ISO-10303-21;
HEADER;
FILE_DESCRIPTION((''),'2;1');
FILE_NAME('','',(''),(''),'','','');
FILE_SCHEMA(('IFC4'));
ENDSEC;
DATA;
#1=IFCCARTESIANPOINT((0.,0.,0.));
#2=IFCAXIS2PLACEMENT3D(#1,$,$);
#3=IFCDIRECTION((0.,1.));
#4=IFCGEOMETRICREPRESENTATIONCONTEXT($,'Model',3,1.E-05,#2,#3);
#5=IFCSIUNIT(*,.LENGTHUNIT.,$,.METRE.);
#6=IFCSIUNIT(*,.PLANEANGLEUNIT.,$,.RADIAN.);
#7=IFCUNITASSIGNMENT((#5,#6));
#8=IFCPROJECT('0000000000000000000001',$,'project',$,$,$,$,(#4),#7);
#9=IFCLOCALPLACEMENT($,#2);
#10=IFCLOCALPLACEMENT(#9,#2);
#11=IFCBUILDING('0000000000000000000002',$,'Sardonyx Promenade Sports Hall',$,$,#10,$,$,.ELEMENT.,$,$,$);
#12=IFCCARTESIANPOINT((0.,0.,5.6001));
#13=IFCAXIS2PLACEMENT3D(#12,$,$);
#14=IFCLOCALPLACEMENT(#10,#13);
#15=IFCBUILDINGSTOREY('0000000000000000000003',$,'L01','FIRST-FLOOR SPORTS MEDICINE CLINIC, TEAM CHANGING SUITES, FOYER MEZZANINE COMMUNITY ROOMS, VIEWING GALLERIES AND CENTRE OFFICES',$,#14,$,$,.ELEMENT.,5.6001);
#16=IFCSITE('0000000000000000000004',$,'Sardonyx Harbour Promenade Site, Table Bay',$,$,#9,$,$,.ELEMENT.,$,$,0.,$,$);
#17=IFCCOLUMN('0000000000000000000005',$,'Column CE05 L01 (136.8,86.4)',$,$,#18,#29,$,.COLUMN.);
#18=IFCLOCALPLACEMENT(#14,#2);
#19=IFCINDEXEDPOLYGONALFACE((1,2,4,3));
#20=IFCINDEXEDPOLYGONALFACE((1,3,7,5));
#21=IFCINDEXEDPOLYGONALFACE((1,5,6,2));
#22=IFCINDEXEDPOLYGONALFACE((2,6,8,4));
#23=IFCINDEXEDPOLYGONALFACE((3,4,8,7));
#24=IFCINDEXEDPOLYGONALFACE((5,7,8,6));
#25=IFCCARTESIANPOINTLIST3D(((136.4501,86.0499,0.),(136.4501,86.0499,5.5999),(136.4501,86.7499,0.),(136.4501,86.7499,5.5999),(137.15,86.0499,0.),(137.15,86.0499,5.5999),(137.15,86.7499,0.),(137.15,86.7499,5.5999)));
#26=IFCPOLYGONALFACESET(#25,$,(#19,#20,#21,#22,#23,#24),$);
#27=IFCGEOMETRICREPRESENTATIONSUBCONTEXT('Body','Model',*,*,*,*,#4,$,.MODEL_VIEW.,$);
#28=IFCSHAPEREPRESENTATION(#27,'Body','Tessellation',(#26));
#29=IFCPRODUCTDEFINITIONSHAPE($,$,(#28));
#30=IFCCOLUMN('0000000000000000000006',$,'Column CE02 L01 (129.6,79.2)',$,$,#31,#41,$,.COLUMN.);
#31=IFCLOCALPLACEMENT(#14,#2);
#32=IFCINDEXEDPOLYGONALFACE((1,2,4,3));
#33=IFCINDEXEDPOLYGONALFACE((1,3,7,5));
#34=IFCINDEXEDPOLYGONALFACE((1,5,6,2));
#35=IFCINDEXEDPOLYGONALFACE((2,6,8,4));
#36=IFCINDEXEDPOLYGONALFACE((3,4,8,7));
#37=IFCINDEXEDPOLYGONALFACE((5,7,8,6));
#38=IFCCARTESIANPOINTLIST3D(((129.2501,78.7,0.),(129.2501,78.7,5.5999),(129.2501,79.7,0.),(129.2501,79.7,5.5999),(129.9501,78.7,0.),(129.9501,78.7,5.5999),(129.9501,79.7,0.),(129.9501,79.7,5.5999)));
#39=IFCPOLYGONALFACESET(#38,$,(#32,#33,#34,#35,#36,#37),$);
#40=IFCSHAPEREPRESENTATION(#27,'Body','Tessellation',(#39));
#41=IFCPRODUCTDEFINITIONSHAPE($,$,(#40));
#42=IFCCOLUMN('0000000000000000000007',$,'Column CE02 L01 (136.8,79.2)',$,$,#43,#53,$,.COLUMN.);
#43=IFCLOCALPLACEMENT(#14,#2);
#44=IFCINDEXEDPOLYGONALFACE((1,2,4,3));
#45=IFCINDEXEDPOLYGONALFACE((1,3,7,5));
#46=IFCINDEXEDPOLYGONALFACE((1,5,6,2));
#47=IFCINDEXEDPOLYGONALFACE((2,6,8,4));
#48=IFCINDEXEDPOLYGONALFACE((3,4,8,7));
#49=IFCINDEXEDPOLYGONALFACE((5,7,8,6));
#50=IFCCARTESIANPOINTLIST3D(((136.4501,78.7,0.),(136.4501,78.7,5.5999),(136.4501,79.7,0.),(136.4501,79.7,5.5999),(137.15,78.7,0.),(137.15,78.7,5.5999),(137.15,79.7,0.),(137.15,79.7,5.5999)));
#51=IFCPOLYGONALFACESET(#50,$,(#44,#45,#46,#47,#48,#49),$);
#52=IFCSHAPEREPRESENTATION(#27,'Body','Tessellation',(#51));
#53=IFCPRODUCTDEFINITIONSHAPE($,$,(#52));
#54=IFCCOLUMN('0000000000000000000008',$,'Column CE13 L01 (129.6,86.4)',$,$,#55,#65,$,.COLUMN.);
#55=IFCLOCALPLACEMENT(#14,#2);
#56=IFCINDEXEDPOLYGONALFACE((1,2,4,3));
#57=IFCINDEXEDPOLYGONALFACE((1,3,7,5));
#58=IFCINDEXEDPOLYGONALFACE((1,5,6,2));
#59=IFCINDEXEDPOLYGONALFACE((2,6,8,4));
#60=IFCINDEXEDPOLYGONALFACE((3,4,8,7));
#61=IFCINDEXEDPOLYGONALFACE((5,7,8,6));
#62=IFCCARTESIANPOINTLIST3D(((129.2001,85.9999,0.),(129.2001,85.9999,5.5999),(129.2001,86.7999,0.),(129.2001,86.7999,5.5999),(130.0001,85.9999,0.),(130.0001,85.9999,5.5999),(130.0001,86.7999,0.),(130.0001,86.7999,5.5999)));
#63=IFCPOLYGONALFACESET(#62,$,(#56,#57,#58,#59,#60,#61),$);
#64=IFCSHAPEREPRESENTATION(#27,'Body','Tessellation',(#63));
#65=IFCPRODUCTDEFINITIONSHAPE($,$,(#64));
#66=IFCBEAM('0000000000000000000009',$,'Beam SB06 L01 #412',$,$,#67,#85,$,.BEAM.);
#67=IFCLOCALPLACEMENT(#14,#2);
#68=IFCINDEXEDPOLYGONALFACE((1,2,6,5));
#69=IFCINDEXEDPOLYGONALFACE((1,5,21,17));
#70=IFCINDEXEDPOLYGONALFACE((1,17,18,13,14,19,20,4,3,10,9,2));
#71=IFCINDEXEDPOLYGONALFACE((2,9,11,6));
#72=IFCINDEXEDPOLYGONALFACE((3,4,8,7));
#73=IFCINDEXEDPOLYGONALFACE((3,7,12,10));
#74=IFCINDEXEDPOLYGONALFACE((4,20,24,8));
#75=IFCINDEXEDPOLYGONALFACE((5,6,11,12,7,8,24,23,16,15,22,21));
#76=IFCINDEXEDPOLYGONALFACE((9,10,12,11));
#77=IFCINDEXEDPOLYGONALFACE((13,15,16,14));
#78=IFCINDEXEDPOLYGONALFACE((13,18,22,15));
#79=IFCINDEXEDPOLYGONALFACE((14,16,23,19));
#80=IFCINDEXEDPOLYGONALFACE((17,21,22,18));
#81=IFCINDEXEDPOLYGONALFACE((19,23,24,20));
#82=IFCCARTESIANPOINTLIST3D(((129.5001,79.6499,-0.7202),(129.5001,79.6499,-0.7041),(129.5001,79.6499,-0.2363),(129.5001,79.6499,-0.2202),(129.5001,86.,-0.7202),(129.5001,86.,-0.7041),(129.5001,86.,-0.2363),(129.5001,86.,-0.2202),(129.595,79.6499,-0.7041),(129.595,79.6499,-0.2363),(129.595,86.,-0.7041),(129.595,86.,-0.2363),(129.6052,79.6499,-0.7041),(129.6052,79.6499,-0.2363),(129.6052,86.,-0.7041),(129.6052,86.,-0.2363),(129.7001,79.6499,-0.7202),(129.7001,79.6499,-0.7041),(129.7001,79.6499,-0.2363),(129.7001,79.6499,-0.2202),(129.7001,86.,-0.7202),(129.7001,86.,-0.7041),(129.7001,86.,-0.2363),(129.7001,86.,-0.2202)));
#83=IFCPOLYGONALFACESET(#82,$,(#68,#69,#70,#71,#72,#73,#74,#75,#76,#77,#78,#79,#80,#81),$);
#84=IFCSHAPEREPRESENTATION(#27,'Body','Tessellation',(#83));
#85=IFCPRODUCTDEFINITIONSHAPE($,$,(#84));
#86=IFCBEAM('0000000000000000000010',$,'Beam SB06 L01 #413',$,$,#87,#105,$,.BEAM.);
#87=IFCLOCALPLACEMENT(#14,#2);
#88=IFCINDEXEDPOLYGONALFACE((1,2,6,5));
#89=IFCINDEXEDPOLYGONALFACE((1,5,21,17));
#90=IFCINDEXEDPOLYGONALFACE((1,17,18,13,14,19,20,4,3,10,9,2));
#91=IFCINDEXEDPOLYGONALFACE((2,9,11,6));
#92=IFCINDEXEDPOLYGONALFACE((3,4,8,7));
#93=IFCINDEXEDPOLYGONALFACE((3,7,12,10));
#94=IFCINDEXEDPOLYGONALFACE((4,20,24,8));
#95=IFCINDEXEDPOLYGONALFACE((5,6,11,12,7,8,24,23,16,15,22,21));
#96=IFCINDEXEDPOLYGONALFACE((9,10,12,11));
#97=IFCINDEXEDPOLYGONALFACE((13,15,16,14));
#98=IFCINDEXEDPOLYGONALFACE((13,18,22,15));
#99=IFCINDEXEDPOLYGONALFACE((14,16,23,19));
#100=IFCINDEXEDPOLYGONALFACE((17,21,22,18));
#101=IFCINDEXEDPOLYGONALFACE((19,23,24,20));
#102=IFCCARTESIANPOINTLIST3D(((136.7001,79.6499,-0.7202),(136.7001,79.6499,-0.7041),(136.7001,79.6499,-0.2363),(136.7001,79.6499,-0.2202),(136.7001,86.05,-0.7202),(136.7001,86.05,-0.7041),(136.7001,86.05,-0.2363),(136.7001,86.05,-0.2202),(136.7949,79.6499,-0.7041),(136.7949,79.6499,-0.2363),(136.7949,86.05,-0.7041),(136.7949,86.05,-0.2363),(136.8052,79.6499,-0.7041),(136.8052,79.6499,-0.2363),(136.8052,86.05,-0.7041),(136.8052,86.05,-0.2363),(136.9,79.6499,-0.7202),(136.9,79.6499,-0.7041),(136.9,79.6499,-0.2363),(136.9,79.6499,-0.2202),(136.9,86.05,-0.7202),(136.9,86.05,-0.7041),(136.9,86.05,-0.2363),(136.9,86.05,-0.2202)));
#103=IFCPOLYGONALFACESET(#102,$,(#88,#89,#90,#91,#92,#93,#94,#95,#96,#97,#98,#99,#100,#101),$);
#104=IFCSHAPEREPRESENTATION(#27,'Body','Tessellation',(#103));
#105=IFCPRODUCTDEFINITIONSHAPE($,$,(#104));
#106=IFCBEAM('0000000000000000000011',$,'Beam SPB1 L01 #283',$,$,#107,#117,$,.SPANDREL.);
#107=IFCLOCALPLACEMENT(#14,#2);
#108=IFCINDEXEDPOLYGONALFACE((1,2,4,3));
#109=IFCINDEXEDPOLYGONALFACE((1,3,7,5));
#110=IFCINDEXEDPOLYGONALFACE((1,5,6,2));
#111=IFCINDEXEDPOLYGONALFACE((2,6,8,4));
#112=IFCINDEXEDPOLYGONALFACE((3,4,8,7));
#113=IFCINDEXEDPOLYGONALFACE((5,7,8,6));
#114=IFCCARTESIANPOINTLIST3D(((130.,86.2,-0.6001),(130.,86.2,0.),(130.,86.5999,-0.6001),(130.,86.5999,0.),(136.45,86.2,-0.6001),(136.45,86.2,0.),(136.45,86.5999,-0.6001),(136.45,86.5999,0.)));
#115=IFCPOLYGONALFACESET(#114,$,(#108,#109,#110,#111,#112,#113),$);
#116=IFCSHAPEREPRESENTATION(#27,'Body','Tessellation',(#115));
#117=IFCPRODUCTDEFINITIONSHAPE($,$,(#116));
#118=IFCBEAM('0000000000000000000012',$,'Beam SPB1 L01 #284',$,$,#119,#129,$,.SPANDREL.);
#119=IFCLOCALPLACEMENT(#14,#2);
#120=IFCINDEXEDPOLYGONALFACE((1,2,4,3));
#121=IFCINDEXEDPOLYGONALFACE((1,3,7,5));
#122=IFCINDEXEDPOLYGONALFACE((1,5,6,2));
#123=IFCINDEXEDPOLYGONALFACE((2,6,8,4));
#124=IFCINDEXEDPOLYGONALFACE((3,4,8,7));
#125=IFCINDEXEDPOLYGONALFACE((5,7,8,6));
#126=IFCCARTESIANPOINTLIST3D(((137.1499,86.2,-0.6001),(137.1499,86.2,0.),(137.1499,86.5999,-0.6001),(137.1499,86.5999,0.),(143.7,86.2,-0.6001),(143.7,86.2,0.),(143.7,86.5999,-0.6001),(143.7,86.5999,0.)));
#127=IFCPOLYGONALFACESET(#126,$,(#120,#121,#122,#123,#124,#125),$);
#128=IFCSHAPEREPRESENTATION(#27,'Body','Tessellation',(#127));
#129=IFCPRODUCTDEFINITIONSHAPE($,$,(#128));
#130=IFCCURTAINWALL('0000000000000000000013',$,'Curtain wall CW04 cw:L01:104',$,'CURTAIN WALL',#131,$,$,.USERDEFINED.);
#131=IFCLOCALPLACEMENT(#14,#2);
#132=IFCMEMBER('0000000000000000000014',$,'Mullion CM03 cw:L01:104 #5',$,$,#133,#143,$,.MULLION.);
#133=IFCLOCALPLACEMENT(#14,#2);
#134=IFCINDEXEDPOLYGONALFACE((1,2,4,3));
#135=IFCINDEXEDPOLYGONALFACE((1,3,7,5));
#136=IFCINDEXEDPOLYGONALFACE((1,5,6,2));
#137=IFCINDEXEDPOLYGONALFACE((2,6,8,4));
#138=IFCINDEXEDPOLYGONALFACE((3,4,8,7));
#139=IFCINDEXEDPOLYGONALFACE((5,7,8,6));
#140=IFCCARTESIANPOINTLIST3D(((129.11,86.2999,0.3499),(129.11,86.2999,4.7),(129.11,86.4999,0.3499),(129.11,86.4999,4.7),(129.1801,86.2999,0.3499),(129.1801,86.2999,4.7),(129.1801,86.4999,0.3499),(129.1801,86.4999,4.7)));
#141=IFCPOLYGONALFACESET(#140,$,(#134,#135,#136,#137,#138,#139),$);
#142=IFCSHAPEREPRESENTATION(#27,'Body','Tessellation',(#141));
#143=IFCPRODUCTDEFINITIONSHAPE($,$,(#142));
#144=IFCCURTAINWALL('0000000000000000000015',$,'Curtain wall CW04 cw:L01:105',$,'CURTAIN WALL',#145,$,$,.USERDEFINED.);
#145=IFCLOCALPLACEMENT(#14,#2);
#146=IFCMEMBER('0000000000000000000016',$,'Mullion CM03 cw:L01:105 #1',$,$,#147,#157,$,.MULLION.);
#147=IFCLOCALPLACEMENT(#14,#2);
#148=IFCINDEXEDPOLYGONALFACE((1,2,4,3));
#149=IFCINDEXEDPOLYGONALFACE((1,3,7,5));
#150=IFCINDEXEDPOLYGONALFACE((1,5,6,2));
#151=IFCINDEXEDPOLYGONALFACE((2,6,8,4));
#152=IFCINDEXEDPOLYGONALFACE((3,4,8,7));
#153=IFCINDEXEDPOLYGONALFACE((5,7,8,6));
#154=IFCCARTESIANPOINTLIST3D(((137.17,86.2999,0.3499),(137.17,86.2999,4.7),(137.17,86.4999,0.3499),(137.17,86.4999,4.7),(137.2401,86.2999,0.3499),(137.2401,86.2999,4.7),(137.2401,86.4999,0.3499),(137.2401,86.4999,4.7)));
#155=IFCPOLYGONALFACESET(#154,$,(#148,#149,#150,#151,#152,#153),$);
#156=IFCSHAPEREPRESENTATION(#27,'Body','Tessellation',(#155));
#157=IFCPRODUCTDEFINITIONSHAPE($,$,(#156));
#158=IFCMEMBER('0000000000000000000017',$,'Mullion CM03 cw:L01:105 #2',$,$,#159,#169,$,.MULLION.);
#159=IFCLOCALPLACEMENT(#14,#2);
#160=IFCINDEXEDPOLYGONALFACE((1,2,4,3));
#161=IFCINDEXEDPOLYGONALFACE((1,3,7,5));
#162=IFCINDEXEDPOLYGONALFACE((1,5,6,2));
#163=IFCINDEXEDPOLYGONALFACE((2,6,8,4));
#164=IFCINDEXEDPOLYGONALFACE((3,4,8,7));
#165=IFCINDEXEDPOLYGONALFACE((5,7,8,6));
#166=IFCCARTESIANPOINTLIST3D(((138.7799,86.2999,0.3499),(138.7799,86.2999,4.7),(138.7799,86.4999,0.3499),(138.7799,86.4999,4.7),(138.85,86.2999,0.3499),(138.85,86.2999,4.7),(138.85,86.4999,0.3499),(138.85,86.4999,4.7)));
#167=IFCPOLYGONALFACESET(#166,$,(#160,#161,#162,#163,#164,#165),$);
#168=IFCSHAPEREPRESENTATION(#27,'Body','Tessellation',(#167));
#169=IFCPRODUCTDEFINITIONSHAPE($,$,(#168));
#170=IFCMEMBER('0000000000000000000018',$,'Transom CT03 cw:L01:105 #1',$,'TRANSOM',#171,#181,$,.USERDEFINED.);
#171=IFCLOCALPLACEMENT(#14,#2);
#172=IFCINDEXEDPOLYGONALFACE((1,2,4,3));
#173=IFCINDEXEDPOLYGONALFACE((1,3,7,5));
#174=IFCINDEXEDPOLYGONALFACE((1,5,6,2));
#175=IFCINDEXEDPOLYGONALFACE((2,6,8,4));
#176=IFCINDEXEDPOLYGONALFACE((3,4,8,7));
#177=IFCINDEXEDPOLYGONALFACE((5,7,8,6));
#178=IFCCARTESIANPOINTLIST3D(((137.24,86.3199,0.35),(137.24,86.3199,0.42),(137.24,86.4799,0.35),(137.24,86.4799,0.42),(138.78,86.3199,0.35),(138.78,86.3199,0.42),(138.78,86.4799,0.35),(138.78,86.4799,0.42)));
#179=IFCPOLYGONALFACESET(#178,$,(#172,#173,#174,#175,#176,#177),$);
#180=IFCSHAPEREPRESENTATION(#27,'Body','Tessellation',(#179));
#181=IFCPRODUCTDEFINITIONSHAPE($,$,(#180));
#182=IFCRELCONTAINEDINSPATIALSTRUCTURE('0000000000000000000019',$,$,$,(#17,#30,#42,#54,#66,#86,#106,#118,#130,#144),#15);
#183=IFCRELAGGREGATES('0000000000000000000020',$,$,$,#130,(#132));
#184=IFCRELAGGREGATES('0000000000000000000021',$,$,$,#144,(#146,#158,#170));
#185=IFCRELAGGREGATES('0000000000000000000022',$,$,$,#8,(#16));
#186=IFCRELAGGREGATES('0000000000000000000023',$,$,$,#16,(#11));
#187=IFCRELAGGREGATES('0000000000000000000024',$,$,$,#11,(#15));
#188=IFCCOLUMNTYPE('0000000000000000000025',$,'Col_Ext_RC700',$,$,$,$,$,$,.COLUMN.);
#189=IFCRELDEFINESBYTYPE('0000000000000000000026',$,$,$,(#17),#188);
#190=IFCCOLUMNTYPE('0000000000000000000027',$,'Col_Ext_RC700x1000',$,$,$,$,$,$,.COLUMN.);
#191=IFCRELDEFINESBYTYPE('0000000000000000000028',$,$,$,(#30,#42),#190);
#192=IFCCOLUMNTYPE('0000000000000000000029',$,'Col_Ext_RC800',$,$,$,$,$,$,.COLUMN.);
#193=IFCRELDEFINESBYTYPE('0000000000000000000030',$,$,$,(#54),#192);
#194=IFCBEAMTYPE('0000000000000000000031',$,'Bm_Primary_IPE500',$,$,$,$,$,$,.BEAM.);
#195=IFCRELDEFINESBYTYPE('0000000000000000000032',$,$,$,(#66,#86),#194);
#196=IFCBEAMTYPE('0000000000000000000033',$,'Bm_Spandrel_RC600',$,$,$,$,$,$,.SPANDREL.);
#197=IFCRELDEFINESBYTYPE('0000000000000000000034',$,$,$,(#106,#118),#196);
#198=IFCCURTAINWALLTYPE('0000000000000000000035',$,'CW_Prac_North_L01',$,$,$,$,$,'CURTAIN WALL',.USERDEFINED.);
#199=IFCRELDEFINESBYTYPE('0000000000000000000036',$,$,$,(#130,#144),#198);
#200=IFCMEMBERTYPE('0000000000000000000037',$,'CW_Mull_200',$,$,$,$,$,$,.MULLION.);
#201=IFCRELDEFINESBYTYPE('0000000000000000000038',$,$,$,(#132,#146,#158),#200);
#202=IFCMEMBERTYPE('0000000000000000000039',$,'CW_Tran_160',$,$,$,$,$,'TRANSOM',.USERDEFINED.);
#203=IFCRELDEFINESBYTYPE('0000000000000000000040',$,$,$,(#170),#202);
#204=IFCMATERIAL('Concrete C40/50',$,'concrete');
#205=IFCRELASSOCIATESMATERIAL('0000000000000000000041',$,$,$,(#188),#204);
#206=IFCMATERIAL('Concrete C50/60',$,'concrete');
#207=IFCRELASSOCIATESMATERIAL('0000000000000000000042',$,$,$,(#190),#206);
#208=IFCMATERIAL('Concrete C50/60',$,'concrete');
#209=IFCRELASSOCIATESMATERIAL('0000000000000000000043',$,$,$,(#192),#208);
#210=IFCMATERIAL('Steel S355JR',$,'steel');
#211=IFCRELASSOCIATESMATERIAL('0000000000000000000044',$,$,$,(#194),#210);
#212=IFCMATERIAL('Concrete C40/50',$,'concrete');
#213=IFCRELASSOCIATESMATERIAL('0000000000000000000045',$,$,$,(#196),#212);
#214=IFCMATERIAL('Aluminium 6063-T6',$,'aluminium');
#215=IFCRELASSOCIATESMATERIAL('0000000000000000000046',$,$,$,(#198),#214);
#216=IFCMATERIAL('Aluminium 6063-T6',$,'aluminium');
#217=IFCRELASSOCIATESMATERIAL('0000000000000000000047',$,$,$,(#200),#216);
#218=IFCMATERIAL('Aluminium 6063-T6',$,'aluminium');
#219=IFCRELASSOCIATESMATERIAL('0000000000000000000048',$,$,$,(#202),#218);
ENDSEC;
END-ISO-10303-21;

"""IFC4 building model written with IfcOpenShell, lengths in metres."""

from ifc_helpers import new_model, si_unit, direction, frame, origin, origin_2d, place, context, subcontext, project, spatial, rectangle, i_section, extrude, material, material_profile, profile_set, type_object, element, aggregate, save


model = new_model("IFC4")

# Units and contexts
model_context = context("Model", 3, precision=1e-05, world=origin(), true_north=direction((0.0, 1.0)))
body_context = subcontext(model_context, "Body", "Model", "MODEL_VIEW")
ifc_project = project(units=[si_unit("LENGTHUNIT", "METRE"), si_unit("PLANEANGLEUNIT", "RADIAN")], contexts=[model_context])

# Site, building, storey
site_placement = place(None, origin())
site = spatial("IfcSite", under=ifc_project, at=site_placement, Name="Sardonyx Harbour Promenade Site, Table Bay", CompositionType="ELEMENT", RefElevation=0.0)
building_placement = place(site_placement, origin())
building = spatial("IfcBuilding", under=site, at=building_placement, Name="Sardonyx Promenade Sports Hall", CompositionType="ELEMENT")
storey_placement = place(building_placement, frame((0.0, 0.0, 5.6001)))
storey = spatial("IfcBuildingStorey", under=building, at=storey_placement, Name="L01", Description="FIRST-FLOOR SPORTS MEDICINE CLINIC, TEAM CHANGING SUITES, FOYER MEZZANINE COMMUNITY ROOMS, VIEWING GALLERIES AND CENTRE OFFICES", CompositionType="ELEMENT", Elevation=5.6001)

# Columns
ifc_material_1 = material(Name="Concrete C40/50", Category="concrete")
ifc_material_profile_1 = material_profile(ifc_material_1, rectangle(XDim=0.7, YDim=0.7, at=origin_2d()))
ifc_profile_set_1 = profile_set([ifc_material_profile_1], Name="Concrete C40/50")
column_type_1 = type_object("IfcColumnType", Name="Col_Ext_RC700", PredefinedType="COLUMN", material=ifc_profile_set_1)
column_1_placement = place(storey_placement, frame((136.8, 86.3999, 0.0), z_axis=(0.0, 0.0, 1.0), x_axis=(1.0, 0.0, 0.0)))
element("IfcColumn", 1, at=column_1_placement, inside=storey, type_object=column_type_1, Name="Column CE05 L01 (136.8,86.4)", PredefinedType="COLUMN", context=body_context, shape_type="SweptSolid", body=[
    extrude(rectangle(XDim=0.7, YDim=0.7, at=origin_2d()), origin(), (0.0, 0.0, 1.0), 5.5999),
])
ifc_material_2 = material(Name="Concrete C50/60", Category="concrete")
ifc_material_profile_2 = material_profile(ifc_material_2, rectangle(XDim=0.7, YDim=1.0, at=origin_2d()))
ifc_profile_set_2 = profile_set([ifc_material_profile_2], Name="Concrete C50/60")
column_type_2 = type_object("IfcColumnType", Name="Col_Ext_RC700x1000", PredefinedType="COLUMN", material=ifc_profile_set_2)
for number, where, z_axis, x_axis, name in (
    (2, (129.6001, 79.2, 0.0), (0.0, 0.0, 1.0), (1.0, 0.0, 0.0), "Column CE02 L01 (129.6,79.2)"),
    (3, (136.8, 79.2, 0.0), (0.0, 0.0, 1.0), (1.0, 0.0, 0.0), "Column CE02 L01 (136.8,79.2)"),
):
    element("IfcColumn", number, at=place(storey_placement, frame(where, z_axis=z_axis, x_axis=x_axis)), inside=storey, type_object=column_type_2, Name=name, PredefinedType="COLUMN", context=body_context, shape_type="SweptSolid", body=[
        extrude(rectangle(XDim=0.7, YDim=1.0, at=origin_2d()), origin(), (0.0, 0.0, 1.0), 5.5999),
    ])
ifc_material_3 = material(Name="Concrete C50/60", Category="concrete")
ifc_material_profile_3 = material_profile(ifc_material_3, rectangle(XDim=0.8, YDim=0.8, at=origin_2d()))
ifc_profile_set_3 = profile_set([ifc_material_profile_3], Name="Concrete C50/60")
column_type_3 = type_object("IfcColumnType", Name="Col_Ext_RC800", PredefinedType="COLUMN", material=ifc_profile_set_3)
column_2_placement = place(storey_placement, frame((129.6001, 86.3999, 0.0), z_axis=(0.0, 0.0, 1.0), x_axis=(1.0, 0.0, 0.0)))
element("IfcColumn", 4, at=column_2_placement, inside=storey, type_object=column_type_3, Name="Column CE13 L01 (129.6,86.4)", PredefinedType="COLUMN", context=body_context, shape_type="SweptSolid", body=[
    extrude(rectangle(XDim=0.8, YDim=0.8, at=origin_2d()), origin(), (0.0, 0.0, 1.0), 5.5999),
])

# Beams
ifc_material_4 = material(Name="Steel S355JR", Category="steel")
ifc_material_profile_4 = material_profile(ifc_material_4, i_section(OverallWidth=0.2, OverallDepth=0.5, WebThickness=0.0103, FlangeThickness=0.0161, at=origin_2d()))
ifc_profile_set_4 = profile_set([ifc_material_profile_4], Name="Steel S355JR")
beam_type_1 = type_object("IfcBeamType", Name="Bm_Primary_IPE500", PredefinedType="BEAM", material=ifc_profile_set_4)
beam_1_placement = place(storey_placement, frame((129.6001, 79.6499, -0.4702), z_axis=(0.0, 1.0, 0.0), x_axis=(-1.0, 0.0, 0.0)))
element("IfcBeam", 5, at=beam_1_placement, inside=storey, type_object=beam_type_1, Name="Beam SB06 L01 #412", PredefinedType="BEAM", context=body_context, shape_type="SweptSolid", body=[
    extrude(i_section(OverallWidth=0.2, OverallDepth=0.5, WebThickness=0.0103, FlangeThickness=0.0161, at=origin_2d()), origin(), (0.0, 0.0, 1.0), 6.3501),
])
beam_2_placement = place(storey_placement, frame((136.8, 79.6499, -0.4702), z_axis=(0.0, 1.0, 0.0), x_axis=(-1.0, 0.0, 0.0)))
element("IfcBeam", 6, at=beam_2_placement, inside=storey, type_object=beam_type_1, Name="Beam SB06 L01 #413", PredefinedType="BEAM", context=body_context, shape_type="SweptSolid", body=[
    extrude(i_section(OverallWidth=0.2, OverallDepth=0.5, WebThickness=0.0103, FlangeThickness=0.0161, at=origin_2d()), origin(), (0.0, 0.0, 1.0), 6.4001),
])
ifc_material_5 = material(Name="Concrete C40/50", Category="concrete")
ifc_material_profile_5 = material_profile(ifc_material_5, rectangle(XDim=0.3999, YDim=0.6001, at=origin_2d()))
ifc_profile_set_5 = profile_set([ifc_material_profile_5], Name="Concrete C40/50")
beam_type_2 = type_object("IfcBeamType", Name="Bm_Spandrel_RC600", PredefinedType="SPANDREL", material=ifc_profile_set_5)
beam_3_placement = place(storey_placement, frame((130.0, 86.3999, -0.3), z_axis=(1.0, 0.0, 0.0), x_axis=(0.0, 1.0, 0.0)))
element("IfcBeam", 7, at=beam_3_placement, inside=storey, type_object=beam_type_2, Name="Beam SPB1 L01 #283", PredefinedType="SPANDREL", context=body_context, shape_type="SweptSolid", body=[
    extrude(rectangle(XDim=0.3999, YDim=0.6001, at=origin_2d()), origin(), (0.0, 0.0, 1.0), 6.45),
])
beam_4_placement = place(storey_placement, frame((137.1499, 86.3999, -0.3), z_axis=(1.0, 0.0, 0.0), x_axis=(0.0, 1.0, 0.0)))
element("IfcBeam", 8, at=beam_4_placement, inside=storey, type_object=beam_type_2, Name="Beam SPB1 L01 #284", PredefinedType="SPANDREL", context=body_context, shape_type="SweptSolid", body=[
    extrude(rectangle(XDim=0.3999, YDim=0.6001, at=origin_2d()), origin(), (0.0, 0.0, 1.0), 6.55),
])

# Curtain wall, member
ifc_material_6 = material(Name="Aluminium 6063-T6", Category="aluminium")
curtain_wall_type = type_object("IfcCurtainWallType", Name="CW_Prac_North_L01", ElementType="CURTAIN WALL", PredefinedType="USERDEFINED", material=ifc_material_6)
curtain_wall_1_placement = place(storey_placement, origin())
curtain_wall_1 = element("IfcCurtainWall", 9, at=curtain_wall_1_placement, inside=storey, type_object=curtain_wall_type, Name="Curtain wall CW04 cw:L01:104", ObjectType="CURTAIN WALL", PredefinedType="USERDEFINED")
ifc_material_7 = material(Name="Aluminium 6063-T6", Category="aluminium")
ifc_material_profile_6 = material_profile(ifc_material_7, rectangle(XDim=0.0701, YDim=0.2, at=origin_2d()))
ifc_profile_set_6 = profile_set([ifc_material_profile_6], Name="Aluminium 6063-T6")
member_type_1 = type_object("IfcMemberType", Name="CW_Mull_200", PredefinedType="MULLION", material=ifc_profile_set_6)
member_1_placement = place(storey_placement, frame((129.145, 86.3999, 0.3499), z_axis=(0.0, 0.0, 1.0), x_axis=(1.0, 0.0, 0.0)))
member_1 = element("IfcMember", 10, at=member_1_placement, type_object=member_type_1, Name="Mullion CM03 cw:L01:104 #5", PredefinedType="MULLION", context=body_context, shape_type="SweptSolid", body=[
    extrude(rectangle(XDim=0.0701, YDim=0.2, at=origin_2d()), origin(), (0.0, 0.0, 1.0), 4.3501),
])

# Curtain wall, members
curtain_wall_2_placement = place(storey_placement, origin())
curtain_wall_2 = element("IfcCurtainWall", 11, at=curtain_wall_2_placement, inside=storey, type_object=curtain_wall_type, Name="Curtain wall CW04 cw:L01:105", ObjectType="CURTAIN WALL", PredefinedType="USERDEFINED")
member_2_placement = place(storey_placement, frame((137.2051, 86.3999, 0.3499), z_axis=(0.0, 0.0, 1.0), x_axis=(1.0, 0.0, 0.0)))
member_2 = element("IfcMember", 12, at=member_2_placement, type_object=member_type_1, Name="Mullion CM03 cw:L01:105 #1", PredefinedType="MULLION", context=body_context, shape_type="SweptSolid", body=[
    extrude(rectangle(XDim=0.0701, YDim=0.2, at=origin_2d()), origin(), (0.0, 0.0, 1.0), 4.3501),
])
member_3_placement = place(storey_placement, frame((138.8149, 86.3999, 0.3499), z_axis=(0.0, 0.0, 1.0), x_axis=(1.0, 0.0, 0.0)))
member_3 = element("IfcMember", 13, at=member_3_placement, type_object=member_type_1, Name="Mullion CM03 cw:L01:105 #2", PredefinedType="MULLION", context=body_context, shape_type="SweptSolid", body=[
    extrude(rectangle(XDim=0.0701, YDim=0.2, at=origin_2d()), origin(), (0.0, 0.0, 1.0), 4.3501),
])
ifc_material_8 = material(Name="Aluminium 6063-T6", Category="aluminium")
ifc_material_profile_7 = material_profile(ifc_material_8, rectangle(XDim=0.0701, YDim=0.1599, at=origin_2d()))
ifc_profile_set_7 = profile_set([ifc_material_profile_7], Name="Aluminium 6063-T6")
member_type_2 = type_object("IfcMemberType", Name="CW_Tran_160", ElementType="TRANSOM", PredefinedType="USERDEFINED", material=ifc_profile_set_7)
member_4_placement = place(storey_placement, frame((137.24, 86.3999, 0.385), z_axis=(1.0, 0.0, 0.0), x_axis=(0.0, 0.0, 1.0)))
member_4 = element("IfcMember", 14, at=member_4_placement, type_object=member_type_2, Name="Transom CT03 cw:L01:105 #1", ObjectType="TRANSOM", PredefinedType="USERDEFINED", context=body_context, shape_type="SweptSolid", body=[
    extrude(rectangle(XDim=0.0701, YDim=0.1599, at=origin_2d()), origin(), (0.0, 0.0, 1.0), 1.54),
])

aggregate(curtain_wall_1, [member_1])
aggregate(curtain_wall_2, [member_2, member_3, member_4])

save(model, "model.ifc")
